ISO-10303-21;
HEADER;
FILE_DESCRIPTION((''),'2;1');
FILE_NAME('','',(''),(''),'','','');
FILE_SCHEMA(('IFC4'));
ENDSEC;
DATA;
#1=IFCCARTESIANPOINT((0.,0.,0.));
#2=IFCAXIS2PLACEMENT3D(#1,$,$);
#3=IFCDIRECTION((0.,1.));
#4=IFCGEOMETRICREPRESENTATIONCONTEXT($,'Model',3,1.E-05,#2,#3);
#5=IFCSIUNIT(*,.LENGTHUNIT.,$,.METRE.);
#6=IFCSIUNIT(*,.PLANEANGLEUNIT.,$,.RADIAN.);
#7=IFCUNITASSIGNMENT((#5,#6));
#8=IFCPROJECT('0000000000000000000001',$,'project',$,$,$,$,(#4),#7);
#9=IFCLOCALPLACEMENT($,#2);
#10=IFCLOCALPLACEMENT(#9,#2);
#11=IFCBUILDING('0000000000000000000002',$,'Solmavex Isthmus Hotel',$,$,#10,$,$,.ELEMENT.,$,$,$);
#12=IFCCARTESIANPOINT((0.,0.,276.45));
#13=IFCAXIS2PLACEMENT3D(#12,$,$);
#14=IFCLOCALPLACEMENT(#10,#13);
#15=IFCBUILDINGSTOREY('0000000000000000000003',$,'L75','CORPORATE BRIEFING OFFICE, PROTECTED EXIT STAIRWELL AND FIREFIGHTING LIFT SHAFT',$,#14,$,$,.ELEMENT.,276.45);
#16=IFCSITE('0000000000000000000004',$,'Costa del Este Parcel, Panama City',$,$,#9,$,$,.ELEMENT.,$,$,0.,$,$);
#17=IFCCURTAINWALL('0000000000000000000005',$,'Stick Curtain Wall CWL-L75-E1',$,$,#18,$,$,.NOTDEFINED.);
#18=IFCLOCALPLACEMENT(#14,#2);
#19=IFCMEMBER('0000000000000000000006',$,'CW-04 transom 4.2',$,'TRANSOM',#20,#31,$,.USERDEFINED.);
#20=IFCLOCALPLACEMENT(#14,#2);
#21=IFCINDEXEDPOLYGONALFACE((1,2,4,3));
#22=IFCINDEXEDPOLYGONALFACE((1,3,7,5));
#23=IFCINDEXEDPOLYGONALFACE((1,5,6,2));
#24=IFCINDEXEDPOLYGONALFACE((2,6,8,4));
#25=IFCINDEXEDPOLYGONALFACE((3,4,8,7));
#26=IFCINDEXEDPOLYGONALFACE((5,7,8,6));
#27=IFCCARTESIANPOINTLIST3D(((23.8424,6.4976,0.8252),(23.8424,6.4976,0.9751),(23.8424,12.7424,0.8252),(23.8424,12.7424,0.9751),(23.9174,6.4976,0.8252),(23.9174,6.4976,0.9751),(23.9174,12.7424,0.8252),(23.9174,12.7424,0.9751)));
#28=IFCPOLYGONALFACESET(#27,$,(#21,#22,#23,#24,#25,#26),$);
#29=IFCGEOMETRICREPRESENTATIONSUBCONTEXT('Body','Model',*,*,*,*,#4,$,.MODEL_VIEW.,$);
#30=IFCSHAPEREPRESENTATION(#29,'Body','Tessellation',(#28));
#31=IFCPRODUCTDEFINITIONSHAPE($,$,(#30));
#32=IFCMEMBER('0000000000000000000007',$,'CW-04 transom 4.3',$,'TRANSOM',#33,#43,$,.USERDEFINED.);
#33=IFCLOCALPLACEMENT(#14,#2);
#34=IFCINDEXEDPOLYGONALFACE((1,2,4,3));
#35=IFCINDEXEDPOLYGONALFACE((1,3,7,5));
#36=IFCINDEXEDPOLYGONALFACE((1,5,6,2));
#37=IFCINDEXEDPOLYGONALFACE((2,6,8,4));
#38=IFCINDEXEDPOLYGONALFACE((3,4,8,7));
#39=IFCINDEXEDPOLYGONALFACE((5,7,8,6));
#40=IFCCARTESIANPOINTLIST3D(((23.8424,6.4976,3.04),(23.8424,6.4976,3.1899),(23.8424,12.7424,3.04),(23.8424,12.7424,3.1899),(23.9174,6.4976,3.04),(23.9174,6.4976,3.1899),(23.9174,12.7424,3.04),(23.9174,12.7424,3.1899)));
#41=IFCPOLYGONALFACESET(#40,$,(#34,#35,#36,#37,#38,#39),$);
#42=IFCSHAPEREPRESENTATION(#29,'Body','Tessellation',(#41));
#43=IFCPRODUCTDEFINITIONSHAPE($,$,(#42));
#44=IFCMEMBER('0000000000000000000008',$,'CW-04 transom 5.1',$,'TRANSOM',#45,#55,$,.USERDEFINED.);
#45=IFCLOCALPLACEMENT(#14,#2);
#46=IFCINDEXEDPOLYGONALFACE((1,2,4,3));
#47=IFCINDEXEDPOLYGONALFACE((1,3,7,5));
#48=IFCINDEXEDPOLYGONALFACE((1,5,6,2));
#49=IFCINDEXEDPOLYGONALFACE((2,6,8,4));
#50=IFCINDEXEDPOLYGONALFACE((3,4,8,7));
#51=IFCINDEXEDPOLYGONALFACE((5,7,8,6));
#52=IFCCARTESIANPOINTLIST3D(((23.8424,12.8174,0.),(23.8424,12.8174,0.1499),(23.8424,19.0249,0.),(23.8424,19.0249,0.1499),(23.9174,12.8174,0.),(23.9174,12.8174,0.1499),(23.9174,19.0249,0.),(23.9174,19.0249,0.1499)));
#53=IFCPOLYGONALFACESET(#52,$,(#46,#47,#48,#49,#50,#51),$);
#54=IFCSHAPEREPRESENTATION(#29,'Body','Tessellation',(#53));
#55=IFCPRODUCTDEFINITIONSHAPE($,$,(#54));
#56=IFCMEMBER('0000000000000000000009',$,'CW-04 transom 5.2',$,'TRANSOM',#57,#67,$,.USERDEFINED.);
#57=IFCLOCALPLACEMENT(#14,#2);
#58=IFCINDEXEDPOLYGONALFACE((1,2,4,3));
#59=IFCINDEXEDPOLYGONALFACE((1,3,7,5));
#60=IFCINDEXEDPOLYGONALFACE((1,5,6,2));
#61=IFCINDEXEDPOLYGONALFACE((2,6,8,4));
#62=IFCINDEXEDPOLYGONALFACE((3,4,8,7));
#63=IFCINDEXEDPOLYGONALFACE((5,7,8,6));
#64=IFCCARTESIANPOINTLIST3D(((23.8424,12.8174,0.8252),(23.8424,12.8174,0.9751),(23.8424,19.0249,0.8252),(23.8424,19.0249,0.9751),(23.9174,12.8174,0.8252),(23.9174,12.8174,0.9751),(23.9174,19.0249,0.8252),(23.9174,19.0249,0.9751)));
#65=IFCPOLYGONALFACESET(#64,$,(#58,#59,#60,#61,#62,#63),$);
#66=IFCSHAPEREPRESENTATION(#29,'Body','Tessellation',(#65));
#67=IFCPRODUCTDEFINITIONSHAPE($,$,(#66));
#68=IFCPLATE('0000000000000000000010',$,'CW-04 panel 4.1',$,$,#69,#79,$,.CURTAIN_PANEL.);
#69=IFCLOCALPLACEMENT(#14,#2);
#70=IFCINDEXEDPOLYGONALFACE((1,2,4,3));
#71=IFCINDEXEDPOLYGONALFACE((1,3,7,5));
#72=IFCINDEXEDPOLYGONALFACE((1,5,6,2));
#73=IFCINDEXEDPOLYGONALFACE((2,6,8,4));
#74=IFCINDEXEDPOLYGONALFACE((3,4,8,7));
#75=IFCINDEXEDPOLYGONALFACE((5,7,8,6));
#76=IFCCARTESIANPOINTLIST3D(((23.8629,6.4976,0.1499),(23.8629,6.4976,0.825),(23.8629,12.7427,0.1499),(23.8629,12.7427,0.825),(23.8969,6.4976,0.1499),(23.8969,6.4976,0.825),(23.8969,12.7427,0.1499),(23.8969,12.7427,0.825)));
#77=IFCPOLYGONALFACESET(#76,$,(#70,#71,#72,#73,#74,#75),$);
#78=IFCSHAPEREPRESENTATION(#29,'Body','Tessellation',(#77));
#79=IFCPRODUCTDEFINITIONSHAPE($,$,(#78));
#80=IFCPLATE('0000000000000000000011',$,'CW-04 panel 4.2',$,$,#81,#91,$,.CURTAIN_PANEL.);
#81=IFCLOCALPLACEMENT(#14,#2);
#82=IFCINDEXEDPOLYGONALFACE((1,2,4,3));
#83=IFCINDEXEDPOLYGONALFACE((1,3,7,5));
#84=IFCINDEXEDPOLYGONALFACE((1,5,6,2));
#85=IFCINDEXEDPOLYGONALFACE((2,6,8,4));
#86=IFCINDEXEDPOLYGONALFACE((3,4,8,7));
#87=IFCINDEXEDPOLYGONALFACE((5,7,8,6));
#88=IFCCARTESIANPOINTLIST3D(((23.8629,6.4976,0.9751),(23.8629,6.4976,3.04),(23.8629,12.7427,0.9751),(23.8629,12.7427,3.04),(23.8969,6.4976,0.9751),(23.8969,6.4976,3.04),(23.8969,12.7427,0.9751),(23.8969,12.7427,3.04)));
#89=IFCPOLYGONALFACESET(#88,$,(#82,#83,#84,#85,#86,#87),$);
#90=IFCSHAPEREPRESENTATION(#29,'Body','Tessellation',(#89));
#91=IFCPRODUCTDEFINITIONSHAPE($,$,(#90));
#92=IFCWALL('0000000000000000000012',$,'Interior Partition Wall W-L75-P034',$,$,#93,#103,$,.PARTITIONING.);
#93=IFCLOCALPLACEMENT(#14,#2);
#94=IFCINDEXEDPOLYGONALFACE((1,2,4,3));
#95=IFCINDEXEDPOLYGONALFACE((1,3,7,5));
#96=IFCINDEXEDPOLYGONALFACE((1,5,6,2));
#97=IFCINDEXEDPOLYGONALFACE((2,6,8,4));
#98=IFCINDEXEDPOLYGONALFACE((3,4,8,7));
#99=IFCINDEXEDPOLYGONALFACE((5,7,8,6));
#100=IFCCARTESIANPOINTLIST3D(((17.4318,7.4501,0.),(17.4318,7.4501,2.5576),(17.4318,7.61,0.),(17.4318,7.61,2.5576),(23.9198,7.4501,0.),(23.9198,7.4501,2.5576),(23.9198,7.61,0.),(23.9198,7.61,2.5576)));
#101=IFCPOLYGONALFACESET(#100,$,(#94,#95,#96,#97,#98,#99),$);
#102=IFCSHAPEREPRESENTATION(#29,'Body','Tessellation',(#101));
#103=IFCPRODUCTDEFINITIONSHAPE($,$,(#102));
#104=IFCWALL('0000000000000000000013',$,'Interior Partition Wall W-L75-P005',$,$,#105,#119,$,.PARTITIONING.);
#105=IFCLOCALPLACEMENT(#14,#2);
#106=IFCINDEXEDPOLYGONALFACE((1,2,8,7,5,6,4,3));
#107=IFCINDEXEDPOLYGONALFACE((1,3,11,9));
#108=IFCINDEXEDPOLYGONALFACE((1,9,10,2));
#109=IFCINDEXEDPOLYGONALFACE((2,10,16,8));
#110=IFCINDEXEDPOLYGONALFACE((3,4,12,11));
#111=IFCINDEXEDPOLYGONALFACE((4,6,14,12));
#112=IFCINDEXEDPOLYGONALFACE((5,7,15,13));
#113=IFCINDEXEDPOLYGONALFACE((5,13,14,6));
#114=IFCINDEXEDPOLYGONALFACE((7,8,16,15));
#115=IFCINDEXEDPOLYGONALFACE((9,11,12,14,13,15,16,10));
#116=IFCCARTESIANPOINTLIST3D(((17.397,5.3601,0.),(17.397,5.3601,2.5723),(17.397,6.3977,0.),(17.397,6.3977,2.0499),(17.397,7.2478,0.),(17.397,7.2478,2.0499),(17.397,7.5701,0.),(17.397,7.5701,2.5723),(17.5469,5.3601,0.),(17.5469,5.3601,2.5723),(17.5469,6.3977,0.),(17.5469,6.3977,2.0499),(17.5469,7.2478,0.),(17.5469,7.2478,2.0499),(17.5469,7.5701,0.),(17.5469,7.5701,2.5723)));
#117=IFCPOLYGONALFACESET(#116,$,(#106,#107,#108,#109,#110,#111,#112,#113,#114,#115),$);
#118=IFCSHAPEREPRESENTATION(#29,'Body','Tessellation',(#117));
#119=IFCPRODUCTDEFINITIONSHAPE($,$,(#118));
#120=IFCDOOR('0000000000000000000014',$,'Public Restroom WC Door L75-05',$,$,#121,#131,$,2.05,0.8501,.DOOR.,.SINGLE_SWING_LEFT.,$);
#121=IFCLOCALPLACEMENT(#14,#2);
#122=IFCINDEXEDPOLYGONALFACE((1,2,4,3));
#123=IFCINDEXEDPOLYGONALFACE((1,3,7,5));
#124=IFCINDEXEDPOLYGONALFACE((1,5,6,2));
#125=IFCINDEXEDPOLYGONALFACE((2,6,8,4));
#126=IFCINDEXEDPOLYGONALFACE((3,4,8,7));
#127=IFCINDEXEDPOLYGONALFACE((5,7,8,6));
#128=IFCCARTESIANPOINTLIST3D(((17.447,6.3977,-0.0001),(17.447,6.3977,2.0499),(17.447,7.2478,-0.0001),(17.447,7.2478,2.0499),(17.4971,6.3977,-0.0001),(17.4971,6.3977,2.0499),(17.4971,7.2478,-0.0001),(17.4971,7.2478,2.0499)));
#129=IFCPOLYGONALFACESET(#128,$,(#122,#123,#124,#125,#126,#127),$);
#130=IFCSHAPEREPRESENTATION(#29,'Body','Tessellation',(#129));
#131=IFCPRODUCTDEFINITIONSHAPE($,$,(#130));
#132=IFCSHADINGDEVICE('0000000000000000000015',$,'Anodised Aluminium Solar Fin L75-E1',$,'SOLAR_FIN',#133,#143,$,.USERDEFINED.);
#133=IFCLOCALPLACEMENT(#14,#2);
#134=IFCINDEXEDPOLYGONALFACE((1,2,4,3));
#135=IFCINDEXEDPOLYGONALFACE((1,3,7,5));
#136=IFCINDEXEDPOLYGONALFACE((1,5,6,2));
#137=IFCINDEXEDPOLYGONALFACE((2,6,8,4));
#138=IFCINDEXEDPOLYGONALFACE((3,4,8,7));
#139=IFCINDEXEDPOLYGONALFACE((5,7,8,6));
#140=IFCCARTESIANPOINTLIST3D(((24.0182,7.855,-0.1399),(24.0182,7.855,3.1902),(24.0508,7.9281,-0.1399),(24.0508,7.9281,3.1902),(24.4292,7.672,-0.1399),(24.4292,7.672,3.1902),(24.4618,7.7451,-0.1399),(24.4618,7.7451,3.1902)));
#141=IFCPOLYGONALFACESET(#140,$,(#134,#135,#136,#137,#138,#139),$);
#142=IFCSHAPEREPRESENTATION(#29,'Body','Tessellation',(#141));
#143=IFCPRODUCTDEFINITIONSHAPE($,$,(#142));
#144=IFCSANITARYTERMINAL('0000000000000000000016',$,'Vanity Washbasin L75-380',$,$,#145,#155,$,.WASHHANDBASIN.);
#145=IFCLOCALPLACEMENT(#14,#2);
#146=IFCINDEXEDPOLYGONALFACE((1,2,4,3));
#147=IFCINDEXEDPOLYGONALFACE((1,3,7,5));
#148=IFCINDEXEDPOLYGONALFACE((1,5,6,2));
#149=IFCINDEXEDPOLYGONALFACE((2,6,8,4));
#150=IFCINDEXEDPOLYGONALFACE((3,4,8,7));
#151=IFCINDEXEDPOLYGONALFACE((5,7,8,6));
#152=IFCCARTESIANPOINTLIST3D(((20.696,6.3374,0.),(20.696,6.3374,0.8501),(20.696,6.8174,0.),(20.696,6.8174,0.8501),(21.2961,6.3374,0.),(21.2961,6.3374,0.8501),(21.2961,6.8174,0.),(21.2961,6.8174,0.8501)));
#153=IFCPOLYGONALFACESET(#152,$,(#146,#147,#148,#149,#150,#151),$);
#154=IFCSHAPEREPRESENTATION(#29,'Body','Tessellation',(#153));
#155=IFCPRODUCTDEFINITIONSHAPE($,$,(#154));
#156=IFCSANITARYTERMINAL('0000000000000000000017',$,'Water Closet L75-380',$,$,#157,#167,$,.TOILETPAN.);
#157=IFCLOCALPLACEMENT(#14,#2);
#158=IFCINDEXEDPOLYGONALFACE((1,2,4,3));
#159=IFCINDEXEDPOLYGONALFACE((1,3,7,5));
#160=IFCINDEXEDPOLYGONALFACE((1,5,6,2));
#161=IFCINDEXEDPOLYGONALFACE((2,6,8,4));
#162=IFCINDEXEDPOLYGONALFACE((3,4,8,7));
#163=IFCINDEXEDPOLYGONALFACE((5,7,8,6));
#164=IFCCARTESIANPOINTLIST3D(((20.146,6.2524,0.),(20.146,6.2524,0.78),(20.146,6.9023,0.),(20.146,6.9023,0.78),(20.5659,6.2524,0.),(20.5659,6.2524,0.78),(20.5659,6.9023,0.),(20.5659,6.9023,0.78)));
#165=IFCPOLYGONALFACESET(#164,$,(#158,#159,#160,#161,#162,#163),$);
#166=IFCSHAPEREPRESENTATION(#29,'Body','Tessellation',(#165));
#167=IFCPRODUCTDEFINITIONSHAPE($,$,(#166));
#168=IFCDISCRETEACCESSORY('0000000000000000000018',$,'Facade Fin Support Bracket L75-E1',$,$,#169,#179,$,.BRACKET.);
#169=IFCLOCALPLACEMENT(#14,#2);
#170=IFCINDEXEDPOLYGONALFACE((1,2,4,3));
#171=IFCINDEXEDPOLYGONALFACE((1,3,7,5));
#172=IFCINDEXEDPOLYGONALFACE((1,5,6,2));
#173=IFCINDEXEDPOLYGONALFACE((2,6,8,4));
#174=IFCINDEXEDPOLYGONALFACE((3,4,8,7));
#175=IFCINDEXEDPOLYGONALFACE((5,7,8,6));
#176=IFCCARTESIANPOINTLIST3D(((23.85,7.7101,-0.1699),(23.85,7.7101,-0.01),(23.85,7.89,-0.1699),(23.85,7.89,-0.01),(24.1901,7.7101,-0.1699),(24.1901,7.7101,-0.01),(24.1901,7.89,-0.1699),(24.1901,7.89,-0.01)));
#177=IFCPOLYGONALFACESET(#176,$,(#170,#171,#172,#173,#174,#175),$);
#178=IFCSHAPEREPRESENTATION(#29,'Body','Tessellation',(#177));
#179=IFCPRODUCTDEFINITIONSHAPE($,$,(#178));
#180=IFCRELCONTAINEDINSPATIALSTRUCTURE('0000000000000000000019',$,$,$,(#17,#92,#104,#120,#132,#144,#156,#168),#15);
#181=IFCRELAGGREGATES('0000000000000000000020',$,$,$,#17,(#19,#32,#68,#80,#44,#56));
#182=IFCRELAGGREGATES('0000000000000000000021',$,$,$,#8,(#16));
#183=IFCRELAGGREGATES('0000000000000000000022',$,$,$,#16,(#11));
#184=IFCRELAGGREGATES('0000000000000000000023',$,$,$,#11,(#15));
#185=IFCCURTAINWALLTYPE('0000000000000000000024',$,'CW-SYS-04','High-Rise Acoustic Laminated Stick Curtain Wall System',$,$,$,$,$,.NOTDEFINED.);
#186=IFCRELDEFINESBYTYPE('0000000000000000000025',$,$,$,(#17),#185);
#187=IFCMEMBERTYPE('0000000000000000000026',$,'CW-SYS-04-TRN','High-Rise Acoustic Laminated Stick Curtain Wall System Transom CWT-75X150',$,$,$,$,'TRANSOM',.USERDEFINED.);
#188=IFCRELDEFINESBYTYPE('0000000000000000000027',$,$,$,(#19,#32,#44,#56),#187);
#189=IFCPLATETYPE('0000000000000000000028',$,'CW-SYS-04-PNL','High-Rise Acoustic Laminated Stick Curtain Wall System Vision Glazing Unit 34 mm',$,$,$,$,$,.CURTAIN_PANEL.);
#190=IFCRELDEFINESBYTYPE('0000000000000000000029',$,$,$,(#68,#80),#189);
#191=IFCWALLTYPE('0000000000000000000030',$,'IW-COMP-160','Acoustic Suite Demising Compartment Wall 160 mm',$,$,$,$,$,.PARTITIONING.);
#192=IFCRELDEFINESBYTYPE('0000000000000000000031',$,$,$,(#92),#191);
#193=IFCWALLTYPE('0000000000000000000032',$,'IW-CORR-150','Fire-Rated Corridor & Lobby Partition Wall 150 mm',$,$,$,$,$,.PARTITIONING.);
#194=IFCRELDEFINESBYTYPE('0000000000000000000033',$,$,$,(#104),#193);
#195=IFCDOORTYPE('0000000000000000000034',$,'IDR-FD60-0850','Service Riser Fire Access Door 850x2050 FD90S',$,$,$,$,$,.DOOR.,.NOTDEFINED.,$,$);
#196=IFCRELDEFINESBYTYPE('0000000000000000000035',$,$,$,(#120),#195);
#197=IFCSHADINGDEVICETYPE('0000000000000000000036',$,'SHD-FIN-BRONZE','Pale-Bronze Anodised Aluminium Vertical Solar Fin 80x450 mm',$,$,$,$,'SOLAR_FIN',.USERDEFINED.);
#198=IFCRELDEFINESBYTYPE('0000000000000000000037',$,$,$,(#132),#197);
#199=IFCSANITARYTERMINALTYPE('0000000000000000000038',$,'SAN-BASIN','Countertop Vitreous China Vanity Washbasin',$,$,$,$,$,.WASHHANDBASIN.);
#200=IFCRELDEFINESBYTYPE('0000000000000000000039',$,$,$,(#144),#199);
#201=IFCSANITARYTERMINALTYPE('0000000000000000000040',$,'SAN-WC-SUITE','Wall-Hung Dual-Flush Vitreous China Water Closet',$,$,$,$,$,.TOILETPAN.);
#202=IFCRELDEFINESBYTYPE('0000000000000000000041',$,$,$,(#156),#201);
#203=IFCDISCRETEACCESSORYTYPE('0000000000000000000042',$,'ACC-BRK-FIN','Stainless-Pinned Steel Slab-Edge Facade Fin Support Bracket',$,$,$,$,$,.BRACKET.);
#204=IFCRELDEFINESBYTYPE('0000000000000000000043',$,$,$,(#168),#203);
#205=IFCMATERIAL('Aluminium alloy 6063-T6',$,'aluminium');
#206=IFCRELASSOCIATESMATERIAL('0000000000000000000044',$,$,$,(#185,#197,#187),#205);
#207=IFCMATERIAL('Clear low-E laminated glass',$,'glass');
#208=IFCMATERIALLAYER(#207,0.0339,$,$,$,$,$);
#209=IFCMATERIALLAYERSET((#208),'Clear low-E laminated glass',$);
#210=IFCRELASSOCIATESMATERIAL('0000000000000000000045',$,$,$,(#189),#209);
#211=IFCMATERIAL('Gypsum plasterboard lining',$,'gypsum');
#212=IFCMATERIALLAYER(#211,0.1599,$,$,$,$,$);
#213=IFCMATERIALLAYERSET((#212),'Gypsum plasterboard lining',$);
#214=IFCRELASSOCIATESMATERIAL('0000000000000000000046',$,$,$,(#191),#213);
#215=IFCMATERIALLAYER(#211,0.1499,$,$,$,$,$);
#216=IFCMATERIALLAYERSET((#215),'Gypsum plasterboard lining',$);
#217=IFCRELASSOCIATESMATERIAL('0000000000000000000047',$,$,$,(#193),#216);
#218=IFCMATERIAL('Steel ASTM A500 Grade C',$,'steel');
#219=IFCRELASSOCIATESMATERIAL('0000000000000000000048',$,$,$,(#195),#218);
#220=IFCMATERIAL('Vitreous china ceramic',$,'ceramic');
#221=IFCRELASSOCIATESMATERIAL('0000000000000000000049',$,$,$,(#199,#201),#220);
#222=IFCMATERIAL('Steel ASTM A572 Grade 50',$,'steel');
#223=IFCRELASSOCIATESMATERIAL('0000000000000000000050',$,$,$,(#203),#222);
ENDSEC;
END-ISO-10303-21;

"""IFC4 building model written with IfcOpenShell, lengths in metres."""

from ifc_helpers import new_model, si_unit, direction, frame, frame_2d, origin, origin_2d, place, context, subcontext, project, spatial, rectangle, extrude, material, layer, layer_set, material_profile, profile_set, type_object, element, fill, aggregate, save


model = new_model("IFC4")

# Units and contexts
model_context = context("Model", 3, precision=1e-05, world=origin(), true_north=direction((0.0, 1.0)))
body_context = subcontext(model_context, "Body", "Model", "MODEL_VIEW")
ifc_project = project(units=[si_unit("LENGTHUNIT", "METRE"), si_unit("PLANEANGLEUNIT", "RADIAN")], contexts=[model_context])

# Site, building, storey
site_placement = place(None, origin())
site = spatial("IfcSite", under=ifc_project, at=site_placement, Name="Costa del Este Parcel, Panama City", CompositionType="ELEMENT", RefElevation=0.0)
building_placement = place(site_placement, origin())
building = spatial("IfcBuilding", under=site, at=building_placement, Name="Solmavex Isthmus Hotel", CompositionType="ELEMENT")
storey_placement = place(building_placement, frame((0.0, 0.0, 276.45)))
storey = spatial("IfcBuildingStorey", under=building, at=storey_placement, Name="L75", Description="CORPORATE BRIEFING OFFICE, PROTECTED EXIT STAIRWELL AND FIREFIGHTING LIFT SHAFT", CompositionType="ELEMENT", Elevation=276.45)

# Curtain wall, members, plates
ifc_material_1 = material(Name="Aluminium alloy 6063-T6", Category="aluminium")
curtain_wall_type = type_object("IfcCurtainWallType", Name="CW-SYS-04", Description="High-Rise Acoustic Laminated Stick Curtain Wall System", PredefinedType="NOTDEFINED", material=ifc_material_1)
curtain_wall_placement = place(storey_placement, origin())
curtain_wall = element("IfcCurtainWall", 1, at=curtain_wall_placement, inside=storey, type_object=curtain_wall_type, Name="Stick Curtain Wall CWL-L75-E1", PredefinedType="NOTDEFINED")
ifc_material_profile_1 = material_profile(ifc_material_1, rectangle(XDim=0.075, YDim=0.1499, at=origin_2d()), Name="CWT-75X150")
ifc_profile_set_1 = profile_set([ifc_material_profile_1], Name="Aluminium alloy 6063-T6")
member_type_1 = type_object("IfcMemberType", Name="CW-SYS-04-TRN", Description="High-Rise Acoustic Laminated Stick Curtain Wall System Transom CWT-75X150", ElementType="TRANSOM", PredefinedType="USERDEFINED", material=ifc_profile_set_1)
member_1_placement = place(storey_placement, frame((23.8799, 6.4976, 0.9001), z_axis=(0.0, 1.0, 0.0), x_axis=(-1.0, 0.0, 0.0)))
member_1 = element("IfcMember", 2, at=member_1_placement, type_object=member_type_1, Name="CW-04 transom 4.2", ObjectType="TRANSOM", PredefinedType="USERDEFINED", context=body_context, shape_type="SweptSolid", body=[
    extrude(rectangle(XDim=0.075, YDim=0.1499, at=origin_2d()), origin(), (0.0, 0.0, 1.0), 6.2449),
])
member_2_placement = place(storey_placement, frame((23.8799, 6.4976, 3.115), z_axis=(0.0, 1.0, 0.0), x_axis=(-1.0, 0.0, 0.0)))
member_2 = element("IfcMember", 3, at=member_2_placement, type_object=member_type_1, Name="CW-04 transom 4.3", ObjectType="TRANSOM", PredefinedType="USERDEFINED", context=body_context, shape_type="SweptSolid", body=[
    extrude(rectangle(XDim=0.075, YDim=0.1499, at=origin_2d()), origin(), (0.0, 0.0, 1.0), 6.2449),
])
member_3_placement = place(storey_placement, frame((23.8799, 12.8174, 0.075), z_axis=(0.0, 1.0, 0.0), x_axis=(-1.0, 0.0, 0.0)))
member_3 = element("IfcMember", 4, at=member_3_placement, type_object=member_type_1, Name="CW-04 transom 5.1", ObjectType="TRANSOM", PredefinedType="USERDEFINED", context=body_context, shape_type="SweptSolid", body=[
    extrude(rectangle(XDim=0.075, YDim=0.1499, at=origin_2d()), origin(), (0.0, 0.0, 1.0), 6.2075),
])
member_4_placement = place(storey_placement, frame((23.8799, 12.8174, 0.9001), z_axis=(0.0, 1.0, 0.0), x_axis=(-1.0, 0.0, 0.0)))
member_4 = element("IfcMember", 5, at=member_4_placement, type_object=member_type_1, Name="CW-04 transom 5.2", ObjectType="TRANSOM", PredefinedType="USERDEFINED", context=body_context, shape_type="SweptSolid", body=[
    extrude(rectangle(XDim=0.075, YDim=0.1499, at=origin_2d()), origin(), (0.0, 0.0, 1.0), 6.2075),
])
ifc_material_2 = material(Name="Clear low-E laminated glass", Category="glass")
ifc_layer_1 = layer(ifc_material_2, 0.0339)
ifc_layer_set_1 = layer_set([ifc_layer_1], Name="Clear low-E laminated glass")
plate_type = type_object("IfcPlateType", Name="CW-SYS-04-PNL", Description="High-Rise Acoustic Laminated Stick Curtain Wall System Vision Glazing Unit 34 mm", PredefinedType="CURTAIN_PANEL", material=ifc_layer_set_1)
plate_1_placement = place(storey_placement, frame((23.8799, 9.6201, 0.1499), z_axis=(0.0, 0.0, 1.0), x_axis=(0.0, 1.0, 0.0)))
plate_1 = element("IfcPlate", 6, at=plate_1_placement, type_object=plate_type, Name="CW-04 panel 4.1", PredefinedType="CURTAIN_PANEL", context=body_context, shape_type="SweptSolid", body=[
    extrude(rectangle(XDim=6.2451, YDim=0.0339, at=origin_2d()), origin(), (0.0, 0.0, 1.0), 0.675),
])
plate_2_placement = place(storey_placement, frame((23.8799, 9.6201, 0.9751), z_axis=(0.0, 0.0, 1.0), x_axis=(0.0, 1.0, 0.0)))
plate_2 = element("IfcPlate", 7, at=plate_2_placement, type_object=plate_type, Name="CW-04 panel 4.2", PredefinedType="CURTAIN_PANEL", context=body_context, shape_type="SweptSolid", body=[
    extrude(rectangle(XDim=6.2451, YDim=0.0339, at=origin_2d()), origin(), (0.0, 0.0, 1.0), 2.0649),
])
aggregate(curtain_wall, [member_1, member_2, plate_1, plate_2, member_3, member_4])

# Wall
ifc_material_3 = material(Name="Gypsum plasterboard lining", Category="gypsum")
ifc_layer_2 = layer(ifc_material_3, 0.1599)
ifc_layer_set_2 = layer_set([ifc_layer_2], Name="Gypsum plasterboard lining")
wall_type_1 = type_object("IfcWallType", Name="IW-COMP-160", Description="Acoustic Suite Demising Compartment Wall 160 mm", PredefinedType="PARTITIONING", material=ifc_layer_set_2)
wall_1_placement = place(storey_placement, frame((23.9199, 7.53, 0.0), z_axis=(0.0, 0.0, 1.0), x_axis=(-1.0, 0.0, 0.0)))
element("IfcWall", 8, at=wall_1_placement, inside=storey, type_object=wall_type_1, Name="Interior Partition Wall W-L75-P034", PredefinedType="PARTITIONING", context=body_context, shape_type="SweptSolid", body=[
    extrude(rectangle(XDim=6.488, YDim=0.1599, at=frame_2d((3.2441, 0.0))), origin(), (0.0, 0.0, 1.0), 2.5576),
])

# Wall, opening, door
ifc_layer_3 = layer(ifc_material_3, 0.1499)
ifc_layer_set_3 = layer_set([ifc_layer_3], Name="Gypsum plasterboard lining")
wall_type_2 = type_object("IfcWallType", Name="IW-CORR-150", Description="Fire-Rated Corridor & Lobby Partition Wall 150 mm", PredefinedType="PARTITIONING", material=ifc_layer_set_3)
wall_2_placement = place(storey_placement, frame((17.4719, 7.5701, 0.0), z_axis=(0.0, 0.0, 1.0), x_axis=(0.0, -1.0, 0.0)))
wall_2 = element("IfcWall", 9, at=wall_2_placement, inside=storey, type_object=wall_type_2, Name="Interior Partition Wall W-L75-P005", PredefinedType="PARTITIONING", context=body_context, shape_type="SweptSolid", body=[
    extrude(rectangle(XDim=2.21, YDim=0.1499, at=frame_2d((1.105, 0.0))), origin(), (0.0, 0.0, 1.0), 2.5723),
])
opening_placement = place(wall_2_placement, frame((0.3223, 0.0, 0.0)))
opening = element("IfcOpeningElement", 10, at=opening_placement, cuts=wall_2, PredefinedType="OPENING", context=body_context, shape_type="SweptSolid", body=[
    extrude(rectangle(XDim=0.8501, YDim=2.05, at=frame_2d((0.425, 1.0249))), frame((0.0, 0.085, 0.0), z_axis=(0.0, -1.0, 0.0), x_axis=(1.0, 0.0, 0.0)), (0.0, 0.0, 1.0), 0.1699),
])
ifc_material_4 = material(Name="Steel ASTM A500 Grade C", Category="steel")
door_type = type_object("IfcDoorType", Name="IDR-FD60-0850", Description="Service Riser Fire Access Door 850x2050 FD90S", OperationType="NOTDEFINED", PredefinedType="DOOR", material=ifc_material_4)
door_placement = place(opening_placement, frame((0.8501, 0.0, 0.0), z_axis=(0.0, 0.0, 1.0), x_axis=(-1.0, 0.0, 0.0)))
door = element("IfcDoor", 11, at=door_placement, inside=storey, type_object=door_type, Name="Public Restroom WC Door L75-05", OperationType="SINGLE_SWING_LEFT", OverallHeight=2.05, OverallWidth=0.8501, PredefinedType="DOOR", context=body_context, shape_type="SweptSolid", body=[
    extrude(rectangle(XDim=0.8501, YDim=2.05, at=frame_2d((0.425, 1.0249))), frame((0.0, 0.0249, 0.0), z_axis=(0.0, -1.0, 0.0), x_axis=(1.0, 0.0, 0.0)), (0.0, 0.0, 1.0), 0.05),
])
fill(opening, door)

# Shading device
shading_device_type = type_object("IfcShadingDeviceType", Name="SHD-FIN-BRONZE", Description="Pale-Bronze Anodised Aluminium Vertical Solar Fin 80x450 mm", ElementType="SOLAR_FIN", PredefinedType="USERDEFINED", material=ifc_material_1)
shading_device_placement = place(storey_placement, frame((24.24, 7.8, -0.1399), z_axis=(0.0, 0.0, 1.0), x_axis=(0.913545, -0.406737, 0.0)))
element("IfcShadingDevice", 12, at=shading_device_placement, inside=storey, type_object=shading_device_type, Name="Anodised Aluminium Solar Fin L75-E1", ObjectType="SOLAR_FIN", PredefinedType="USERDEFINED", context=body_context, shape_type="SweptSolid", body=[
    extrude(rectangle(XDim=0.45, YDim=0.0801, at=origin_2d()), origin(), (0.0, 0.0, 1.0), 3.3301),
])

# Sanitary terminals
ifc_material_5 = material(Name="Vitreous china ceramic", Category="ceramic")
sanitary_terminal_type_1 = type_object("IfcSanitaryTerminalType", Name="SAN-BASIN", Description="Countertop Vitreous China Vanity Washbasin", PredefinedType="WASHHANDBASIN", material=ifc_material_5)
sanitary_terminal_1_placement = place(storey_placement, frame((20.9961, 6.5774, 0.0), z_axis=(0.0, 0.0, 1.0), x_axis=(1.0, 0.0, 0.0)))
element("IfcSanitaryTerminal", 13, at=sanitary_terminal_1_placement, inside=storey, type_object=sanitary_terminal_type_1, Name="Vanity Washbasin L75-380", PredefinedType="WASHHANDBASIN", context=body_context, shape_type="SweptSolid", body=[
    extrude(rectangle(XDim=0.6001, YDim=0.48, at=origin_2d()), origin(), (0.0, 0.0, 1.0), 0.8501),
])
sanitary_terminal_type_2 = type_object("IfcSanitaryTerminalType", Name="SAN-WC-SUITE", Description="Wall-Hung Dual-Flush Vitreous China Water Closet", PredefinedType="TOILETPAN", material=ifc_material_5)
sanitary_terminal_2_placement = place(storey_placement, frame((20.356, 6.5774, 0.0), z_axis=(0.0, 0.0, 1.0), x_axis=(1.0, 0.0, 0.0)))
element("IfcSanitaryTerminal", 14, at=sanitary_terminal_2_placement, inside=storey, type_object=sanitary_terminal_type_2, Name="Water Closet L75-380", PredefinedType="TOILETPAN", context=body_context, shape_type="SweptSolid", body=[
    extrude(rectangle(XDim=0.4199, YDim=0.6499, at=origin_2d()), origin(), (0.0, 0.0, 1.0), 0.78),
])

# Discrete accessory
ifc_material_6 = material(Name="Steel ASTM A572 Grade 50", Category="steel")
discrete_accessory_type = type_object("IfcDiscreteAccessoryType", Name="ACC-BRK-FIN", Description="Stainless-Pinned Steel Slab-Edge Facade Fin Support Bracket", PredefinedType="BRACKET", material=ifc_material_6)
discrete_accessory_placement = place(storey_placement, frame((24.02, 7.8, -0.1699), z_axis=(0.0, 0.0, 1.0), x_axis=(1.0, 0.0, 0.0)))
element("IfcDiscreteAccessory", 15, at=discrete_accessory_placement, inside=storey, type_object=discrete_accessory_type, Name="Facade Fin Support Bracket L75-E1", PredefinedType="BRACKET", context=body_context, shape_type="SweptSolid", body=[
    extrude(rectangle(XDim=0.3401, YDim=0.1799, at=origin_2d()), origin(), (0.0, 0.0, 1.0), 0.1599),
])

save(model, "model.ifc")
